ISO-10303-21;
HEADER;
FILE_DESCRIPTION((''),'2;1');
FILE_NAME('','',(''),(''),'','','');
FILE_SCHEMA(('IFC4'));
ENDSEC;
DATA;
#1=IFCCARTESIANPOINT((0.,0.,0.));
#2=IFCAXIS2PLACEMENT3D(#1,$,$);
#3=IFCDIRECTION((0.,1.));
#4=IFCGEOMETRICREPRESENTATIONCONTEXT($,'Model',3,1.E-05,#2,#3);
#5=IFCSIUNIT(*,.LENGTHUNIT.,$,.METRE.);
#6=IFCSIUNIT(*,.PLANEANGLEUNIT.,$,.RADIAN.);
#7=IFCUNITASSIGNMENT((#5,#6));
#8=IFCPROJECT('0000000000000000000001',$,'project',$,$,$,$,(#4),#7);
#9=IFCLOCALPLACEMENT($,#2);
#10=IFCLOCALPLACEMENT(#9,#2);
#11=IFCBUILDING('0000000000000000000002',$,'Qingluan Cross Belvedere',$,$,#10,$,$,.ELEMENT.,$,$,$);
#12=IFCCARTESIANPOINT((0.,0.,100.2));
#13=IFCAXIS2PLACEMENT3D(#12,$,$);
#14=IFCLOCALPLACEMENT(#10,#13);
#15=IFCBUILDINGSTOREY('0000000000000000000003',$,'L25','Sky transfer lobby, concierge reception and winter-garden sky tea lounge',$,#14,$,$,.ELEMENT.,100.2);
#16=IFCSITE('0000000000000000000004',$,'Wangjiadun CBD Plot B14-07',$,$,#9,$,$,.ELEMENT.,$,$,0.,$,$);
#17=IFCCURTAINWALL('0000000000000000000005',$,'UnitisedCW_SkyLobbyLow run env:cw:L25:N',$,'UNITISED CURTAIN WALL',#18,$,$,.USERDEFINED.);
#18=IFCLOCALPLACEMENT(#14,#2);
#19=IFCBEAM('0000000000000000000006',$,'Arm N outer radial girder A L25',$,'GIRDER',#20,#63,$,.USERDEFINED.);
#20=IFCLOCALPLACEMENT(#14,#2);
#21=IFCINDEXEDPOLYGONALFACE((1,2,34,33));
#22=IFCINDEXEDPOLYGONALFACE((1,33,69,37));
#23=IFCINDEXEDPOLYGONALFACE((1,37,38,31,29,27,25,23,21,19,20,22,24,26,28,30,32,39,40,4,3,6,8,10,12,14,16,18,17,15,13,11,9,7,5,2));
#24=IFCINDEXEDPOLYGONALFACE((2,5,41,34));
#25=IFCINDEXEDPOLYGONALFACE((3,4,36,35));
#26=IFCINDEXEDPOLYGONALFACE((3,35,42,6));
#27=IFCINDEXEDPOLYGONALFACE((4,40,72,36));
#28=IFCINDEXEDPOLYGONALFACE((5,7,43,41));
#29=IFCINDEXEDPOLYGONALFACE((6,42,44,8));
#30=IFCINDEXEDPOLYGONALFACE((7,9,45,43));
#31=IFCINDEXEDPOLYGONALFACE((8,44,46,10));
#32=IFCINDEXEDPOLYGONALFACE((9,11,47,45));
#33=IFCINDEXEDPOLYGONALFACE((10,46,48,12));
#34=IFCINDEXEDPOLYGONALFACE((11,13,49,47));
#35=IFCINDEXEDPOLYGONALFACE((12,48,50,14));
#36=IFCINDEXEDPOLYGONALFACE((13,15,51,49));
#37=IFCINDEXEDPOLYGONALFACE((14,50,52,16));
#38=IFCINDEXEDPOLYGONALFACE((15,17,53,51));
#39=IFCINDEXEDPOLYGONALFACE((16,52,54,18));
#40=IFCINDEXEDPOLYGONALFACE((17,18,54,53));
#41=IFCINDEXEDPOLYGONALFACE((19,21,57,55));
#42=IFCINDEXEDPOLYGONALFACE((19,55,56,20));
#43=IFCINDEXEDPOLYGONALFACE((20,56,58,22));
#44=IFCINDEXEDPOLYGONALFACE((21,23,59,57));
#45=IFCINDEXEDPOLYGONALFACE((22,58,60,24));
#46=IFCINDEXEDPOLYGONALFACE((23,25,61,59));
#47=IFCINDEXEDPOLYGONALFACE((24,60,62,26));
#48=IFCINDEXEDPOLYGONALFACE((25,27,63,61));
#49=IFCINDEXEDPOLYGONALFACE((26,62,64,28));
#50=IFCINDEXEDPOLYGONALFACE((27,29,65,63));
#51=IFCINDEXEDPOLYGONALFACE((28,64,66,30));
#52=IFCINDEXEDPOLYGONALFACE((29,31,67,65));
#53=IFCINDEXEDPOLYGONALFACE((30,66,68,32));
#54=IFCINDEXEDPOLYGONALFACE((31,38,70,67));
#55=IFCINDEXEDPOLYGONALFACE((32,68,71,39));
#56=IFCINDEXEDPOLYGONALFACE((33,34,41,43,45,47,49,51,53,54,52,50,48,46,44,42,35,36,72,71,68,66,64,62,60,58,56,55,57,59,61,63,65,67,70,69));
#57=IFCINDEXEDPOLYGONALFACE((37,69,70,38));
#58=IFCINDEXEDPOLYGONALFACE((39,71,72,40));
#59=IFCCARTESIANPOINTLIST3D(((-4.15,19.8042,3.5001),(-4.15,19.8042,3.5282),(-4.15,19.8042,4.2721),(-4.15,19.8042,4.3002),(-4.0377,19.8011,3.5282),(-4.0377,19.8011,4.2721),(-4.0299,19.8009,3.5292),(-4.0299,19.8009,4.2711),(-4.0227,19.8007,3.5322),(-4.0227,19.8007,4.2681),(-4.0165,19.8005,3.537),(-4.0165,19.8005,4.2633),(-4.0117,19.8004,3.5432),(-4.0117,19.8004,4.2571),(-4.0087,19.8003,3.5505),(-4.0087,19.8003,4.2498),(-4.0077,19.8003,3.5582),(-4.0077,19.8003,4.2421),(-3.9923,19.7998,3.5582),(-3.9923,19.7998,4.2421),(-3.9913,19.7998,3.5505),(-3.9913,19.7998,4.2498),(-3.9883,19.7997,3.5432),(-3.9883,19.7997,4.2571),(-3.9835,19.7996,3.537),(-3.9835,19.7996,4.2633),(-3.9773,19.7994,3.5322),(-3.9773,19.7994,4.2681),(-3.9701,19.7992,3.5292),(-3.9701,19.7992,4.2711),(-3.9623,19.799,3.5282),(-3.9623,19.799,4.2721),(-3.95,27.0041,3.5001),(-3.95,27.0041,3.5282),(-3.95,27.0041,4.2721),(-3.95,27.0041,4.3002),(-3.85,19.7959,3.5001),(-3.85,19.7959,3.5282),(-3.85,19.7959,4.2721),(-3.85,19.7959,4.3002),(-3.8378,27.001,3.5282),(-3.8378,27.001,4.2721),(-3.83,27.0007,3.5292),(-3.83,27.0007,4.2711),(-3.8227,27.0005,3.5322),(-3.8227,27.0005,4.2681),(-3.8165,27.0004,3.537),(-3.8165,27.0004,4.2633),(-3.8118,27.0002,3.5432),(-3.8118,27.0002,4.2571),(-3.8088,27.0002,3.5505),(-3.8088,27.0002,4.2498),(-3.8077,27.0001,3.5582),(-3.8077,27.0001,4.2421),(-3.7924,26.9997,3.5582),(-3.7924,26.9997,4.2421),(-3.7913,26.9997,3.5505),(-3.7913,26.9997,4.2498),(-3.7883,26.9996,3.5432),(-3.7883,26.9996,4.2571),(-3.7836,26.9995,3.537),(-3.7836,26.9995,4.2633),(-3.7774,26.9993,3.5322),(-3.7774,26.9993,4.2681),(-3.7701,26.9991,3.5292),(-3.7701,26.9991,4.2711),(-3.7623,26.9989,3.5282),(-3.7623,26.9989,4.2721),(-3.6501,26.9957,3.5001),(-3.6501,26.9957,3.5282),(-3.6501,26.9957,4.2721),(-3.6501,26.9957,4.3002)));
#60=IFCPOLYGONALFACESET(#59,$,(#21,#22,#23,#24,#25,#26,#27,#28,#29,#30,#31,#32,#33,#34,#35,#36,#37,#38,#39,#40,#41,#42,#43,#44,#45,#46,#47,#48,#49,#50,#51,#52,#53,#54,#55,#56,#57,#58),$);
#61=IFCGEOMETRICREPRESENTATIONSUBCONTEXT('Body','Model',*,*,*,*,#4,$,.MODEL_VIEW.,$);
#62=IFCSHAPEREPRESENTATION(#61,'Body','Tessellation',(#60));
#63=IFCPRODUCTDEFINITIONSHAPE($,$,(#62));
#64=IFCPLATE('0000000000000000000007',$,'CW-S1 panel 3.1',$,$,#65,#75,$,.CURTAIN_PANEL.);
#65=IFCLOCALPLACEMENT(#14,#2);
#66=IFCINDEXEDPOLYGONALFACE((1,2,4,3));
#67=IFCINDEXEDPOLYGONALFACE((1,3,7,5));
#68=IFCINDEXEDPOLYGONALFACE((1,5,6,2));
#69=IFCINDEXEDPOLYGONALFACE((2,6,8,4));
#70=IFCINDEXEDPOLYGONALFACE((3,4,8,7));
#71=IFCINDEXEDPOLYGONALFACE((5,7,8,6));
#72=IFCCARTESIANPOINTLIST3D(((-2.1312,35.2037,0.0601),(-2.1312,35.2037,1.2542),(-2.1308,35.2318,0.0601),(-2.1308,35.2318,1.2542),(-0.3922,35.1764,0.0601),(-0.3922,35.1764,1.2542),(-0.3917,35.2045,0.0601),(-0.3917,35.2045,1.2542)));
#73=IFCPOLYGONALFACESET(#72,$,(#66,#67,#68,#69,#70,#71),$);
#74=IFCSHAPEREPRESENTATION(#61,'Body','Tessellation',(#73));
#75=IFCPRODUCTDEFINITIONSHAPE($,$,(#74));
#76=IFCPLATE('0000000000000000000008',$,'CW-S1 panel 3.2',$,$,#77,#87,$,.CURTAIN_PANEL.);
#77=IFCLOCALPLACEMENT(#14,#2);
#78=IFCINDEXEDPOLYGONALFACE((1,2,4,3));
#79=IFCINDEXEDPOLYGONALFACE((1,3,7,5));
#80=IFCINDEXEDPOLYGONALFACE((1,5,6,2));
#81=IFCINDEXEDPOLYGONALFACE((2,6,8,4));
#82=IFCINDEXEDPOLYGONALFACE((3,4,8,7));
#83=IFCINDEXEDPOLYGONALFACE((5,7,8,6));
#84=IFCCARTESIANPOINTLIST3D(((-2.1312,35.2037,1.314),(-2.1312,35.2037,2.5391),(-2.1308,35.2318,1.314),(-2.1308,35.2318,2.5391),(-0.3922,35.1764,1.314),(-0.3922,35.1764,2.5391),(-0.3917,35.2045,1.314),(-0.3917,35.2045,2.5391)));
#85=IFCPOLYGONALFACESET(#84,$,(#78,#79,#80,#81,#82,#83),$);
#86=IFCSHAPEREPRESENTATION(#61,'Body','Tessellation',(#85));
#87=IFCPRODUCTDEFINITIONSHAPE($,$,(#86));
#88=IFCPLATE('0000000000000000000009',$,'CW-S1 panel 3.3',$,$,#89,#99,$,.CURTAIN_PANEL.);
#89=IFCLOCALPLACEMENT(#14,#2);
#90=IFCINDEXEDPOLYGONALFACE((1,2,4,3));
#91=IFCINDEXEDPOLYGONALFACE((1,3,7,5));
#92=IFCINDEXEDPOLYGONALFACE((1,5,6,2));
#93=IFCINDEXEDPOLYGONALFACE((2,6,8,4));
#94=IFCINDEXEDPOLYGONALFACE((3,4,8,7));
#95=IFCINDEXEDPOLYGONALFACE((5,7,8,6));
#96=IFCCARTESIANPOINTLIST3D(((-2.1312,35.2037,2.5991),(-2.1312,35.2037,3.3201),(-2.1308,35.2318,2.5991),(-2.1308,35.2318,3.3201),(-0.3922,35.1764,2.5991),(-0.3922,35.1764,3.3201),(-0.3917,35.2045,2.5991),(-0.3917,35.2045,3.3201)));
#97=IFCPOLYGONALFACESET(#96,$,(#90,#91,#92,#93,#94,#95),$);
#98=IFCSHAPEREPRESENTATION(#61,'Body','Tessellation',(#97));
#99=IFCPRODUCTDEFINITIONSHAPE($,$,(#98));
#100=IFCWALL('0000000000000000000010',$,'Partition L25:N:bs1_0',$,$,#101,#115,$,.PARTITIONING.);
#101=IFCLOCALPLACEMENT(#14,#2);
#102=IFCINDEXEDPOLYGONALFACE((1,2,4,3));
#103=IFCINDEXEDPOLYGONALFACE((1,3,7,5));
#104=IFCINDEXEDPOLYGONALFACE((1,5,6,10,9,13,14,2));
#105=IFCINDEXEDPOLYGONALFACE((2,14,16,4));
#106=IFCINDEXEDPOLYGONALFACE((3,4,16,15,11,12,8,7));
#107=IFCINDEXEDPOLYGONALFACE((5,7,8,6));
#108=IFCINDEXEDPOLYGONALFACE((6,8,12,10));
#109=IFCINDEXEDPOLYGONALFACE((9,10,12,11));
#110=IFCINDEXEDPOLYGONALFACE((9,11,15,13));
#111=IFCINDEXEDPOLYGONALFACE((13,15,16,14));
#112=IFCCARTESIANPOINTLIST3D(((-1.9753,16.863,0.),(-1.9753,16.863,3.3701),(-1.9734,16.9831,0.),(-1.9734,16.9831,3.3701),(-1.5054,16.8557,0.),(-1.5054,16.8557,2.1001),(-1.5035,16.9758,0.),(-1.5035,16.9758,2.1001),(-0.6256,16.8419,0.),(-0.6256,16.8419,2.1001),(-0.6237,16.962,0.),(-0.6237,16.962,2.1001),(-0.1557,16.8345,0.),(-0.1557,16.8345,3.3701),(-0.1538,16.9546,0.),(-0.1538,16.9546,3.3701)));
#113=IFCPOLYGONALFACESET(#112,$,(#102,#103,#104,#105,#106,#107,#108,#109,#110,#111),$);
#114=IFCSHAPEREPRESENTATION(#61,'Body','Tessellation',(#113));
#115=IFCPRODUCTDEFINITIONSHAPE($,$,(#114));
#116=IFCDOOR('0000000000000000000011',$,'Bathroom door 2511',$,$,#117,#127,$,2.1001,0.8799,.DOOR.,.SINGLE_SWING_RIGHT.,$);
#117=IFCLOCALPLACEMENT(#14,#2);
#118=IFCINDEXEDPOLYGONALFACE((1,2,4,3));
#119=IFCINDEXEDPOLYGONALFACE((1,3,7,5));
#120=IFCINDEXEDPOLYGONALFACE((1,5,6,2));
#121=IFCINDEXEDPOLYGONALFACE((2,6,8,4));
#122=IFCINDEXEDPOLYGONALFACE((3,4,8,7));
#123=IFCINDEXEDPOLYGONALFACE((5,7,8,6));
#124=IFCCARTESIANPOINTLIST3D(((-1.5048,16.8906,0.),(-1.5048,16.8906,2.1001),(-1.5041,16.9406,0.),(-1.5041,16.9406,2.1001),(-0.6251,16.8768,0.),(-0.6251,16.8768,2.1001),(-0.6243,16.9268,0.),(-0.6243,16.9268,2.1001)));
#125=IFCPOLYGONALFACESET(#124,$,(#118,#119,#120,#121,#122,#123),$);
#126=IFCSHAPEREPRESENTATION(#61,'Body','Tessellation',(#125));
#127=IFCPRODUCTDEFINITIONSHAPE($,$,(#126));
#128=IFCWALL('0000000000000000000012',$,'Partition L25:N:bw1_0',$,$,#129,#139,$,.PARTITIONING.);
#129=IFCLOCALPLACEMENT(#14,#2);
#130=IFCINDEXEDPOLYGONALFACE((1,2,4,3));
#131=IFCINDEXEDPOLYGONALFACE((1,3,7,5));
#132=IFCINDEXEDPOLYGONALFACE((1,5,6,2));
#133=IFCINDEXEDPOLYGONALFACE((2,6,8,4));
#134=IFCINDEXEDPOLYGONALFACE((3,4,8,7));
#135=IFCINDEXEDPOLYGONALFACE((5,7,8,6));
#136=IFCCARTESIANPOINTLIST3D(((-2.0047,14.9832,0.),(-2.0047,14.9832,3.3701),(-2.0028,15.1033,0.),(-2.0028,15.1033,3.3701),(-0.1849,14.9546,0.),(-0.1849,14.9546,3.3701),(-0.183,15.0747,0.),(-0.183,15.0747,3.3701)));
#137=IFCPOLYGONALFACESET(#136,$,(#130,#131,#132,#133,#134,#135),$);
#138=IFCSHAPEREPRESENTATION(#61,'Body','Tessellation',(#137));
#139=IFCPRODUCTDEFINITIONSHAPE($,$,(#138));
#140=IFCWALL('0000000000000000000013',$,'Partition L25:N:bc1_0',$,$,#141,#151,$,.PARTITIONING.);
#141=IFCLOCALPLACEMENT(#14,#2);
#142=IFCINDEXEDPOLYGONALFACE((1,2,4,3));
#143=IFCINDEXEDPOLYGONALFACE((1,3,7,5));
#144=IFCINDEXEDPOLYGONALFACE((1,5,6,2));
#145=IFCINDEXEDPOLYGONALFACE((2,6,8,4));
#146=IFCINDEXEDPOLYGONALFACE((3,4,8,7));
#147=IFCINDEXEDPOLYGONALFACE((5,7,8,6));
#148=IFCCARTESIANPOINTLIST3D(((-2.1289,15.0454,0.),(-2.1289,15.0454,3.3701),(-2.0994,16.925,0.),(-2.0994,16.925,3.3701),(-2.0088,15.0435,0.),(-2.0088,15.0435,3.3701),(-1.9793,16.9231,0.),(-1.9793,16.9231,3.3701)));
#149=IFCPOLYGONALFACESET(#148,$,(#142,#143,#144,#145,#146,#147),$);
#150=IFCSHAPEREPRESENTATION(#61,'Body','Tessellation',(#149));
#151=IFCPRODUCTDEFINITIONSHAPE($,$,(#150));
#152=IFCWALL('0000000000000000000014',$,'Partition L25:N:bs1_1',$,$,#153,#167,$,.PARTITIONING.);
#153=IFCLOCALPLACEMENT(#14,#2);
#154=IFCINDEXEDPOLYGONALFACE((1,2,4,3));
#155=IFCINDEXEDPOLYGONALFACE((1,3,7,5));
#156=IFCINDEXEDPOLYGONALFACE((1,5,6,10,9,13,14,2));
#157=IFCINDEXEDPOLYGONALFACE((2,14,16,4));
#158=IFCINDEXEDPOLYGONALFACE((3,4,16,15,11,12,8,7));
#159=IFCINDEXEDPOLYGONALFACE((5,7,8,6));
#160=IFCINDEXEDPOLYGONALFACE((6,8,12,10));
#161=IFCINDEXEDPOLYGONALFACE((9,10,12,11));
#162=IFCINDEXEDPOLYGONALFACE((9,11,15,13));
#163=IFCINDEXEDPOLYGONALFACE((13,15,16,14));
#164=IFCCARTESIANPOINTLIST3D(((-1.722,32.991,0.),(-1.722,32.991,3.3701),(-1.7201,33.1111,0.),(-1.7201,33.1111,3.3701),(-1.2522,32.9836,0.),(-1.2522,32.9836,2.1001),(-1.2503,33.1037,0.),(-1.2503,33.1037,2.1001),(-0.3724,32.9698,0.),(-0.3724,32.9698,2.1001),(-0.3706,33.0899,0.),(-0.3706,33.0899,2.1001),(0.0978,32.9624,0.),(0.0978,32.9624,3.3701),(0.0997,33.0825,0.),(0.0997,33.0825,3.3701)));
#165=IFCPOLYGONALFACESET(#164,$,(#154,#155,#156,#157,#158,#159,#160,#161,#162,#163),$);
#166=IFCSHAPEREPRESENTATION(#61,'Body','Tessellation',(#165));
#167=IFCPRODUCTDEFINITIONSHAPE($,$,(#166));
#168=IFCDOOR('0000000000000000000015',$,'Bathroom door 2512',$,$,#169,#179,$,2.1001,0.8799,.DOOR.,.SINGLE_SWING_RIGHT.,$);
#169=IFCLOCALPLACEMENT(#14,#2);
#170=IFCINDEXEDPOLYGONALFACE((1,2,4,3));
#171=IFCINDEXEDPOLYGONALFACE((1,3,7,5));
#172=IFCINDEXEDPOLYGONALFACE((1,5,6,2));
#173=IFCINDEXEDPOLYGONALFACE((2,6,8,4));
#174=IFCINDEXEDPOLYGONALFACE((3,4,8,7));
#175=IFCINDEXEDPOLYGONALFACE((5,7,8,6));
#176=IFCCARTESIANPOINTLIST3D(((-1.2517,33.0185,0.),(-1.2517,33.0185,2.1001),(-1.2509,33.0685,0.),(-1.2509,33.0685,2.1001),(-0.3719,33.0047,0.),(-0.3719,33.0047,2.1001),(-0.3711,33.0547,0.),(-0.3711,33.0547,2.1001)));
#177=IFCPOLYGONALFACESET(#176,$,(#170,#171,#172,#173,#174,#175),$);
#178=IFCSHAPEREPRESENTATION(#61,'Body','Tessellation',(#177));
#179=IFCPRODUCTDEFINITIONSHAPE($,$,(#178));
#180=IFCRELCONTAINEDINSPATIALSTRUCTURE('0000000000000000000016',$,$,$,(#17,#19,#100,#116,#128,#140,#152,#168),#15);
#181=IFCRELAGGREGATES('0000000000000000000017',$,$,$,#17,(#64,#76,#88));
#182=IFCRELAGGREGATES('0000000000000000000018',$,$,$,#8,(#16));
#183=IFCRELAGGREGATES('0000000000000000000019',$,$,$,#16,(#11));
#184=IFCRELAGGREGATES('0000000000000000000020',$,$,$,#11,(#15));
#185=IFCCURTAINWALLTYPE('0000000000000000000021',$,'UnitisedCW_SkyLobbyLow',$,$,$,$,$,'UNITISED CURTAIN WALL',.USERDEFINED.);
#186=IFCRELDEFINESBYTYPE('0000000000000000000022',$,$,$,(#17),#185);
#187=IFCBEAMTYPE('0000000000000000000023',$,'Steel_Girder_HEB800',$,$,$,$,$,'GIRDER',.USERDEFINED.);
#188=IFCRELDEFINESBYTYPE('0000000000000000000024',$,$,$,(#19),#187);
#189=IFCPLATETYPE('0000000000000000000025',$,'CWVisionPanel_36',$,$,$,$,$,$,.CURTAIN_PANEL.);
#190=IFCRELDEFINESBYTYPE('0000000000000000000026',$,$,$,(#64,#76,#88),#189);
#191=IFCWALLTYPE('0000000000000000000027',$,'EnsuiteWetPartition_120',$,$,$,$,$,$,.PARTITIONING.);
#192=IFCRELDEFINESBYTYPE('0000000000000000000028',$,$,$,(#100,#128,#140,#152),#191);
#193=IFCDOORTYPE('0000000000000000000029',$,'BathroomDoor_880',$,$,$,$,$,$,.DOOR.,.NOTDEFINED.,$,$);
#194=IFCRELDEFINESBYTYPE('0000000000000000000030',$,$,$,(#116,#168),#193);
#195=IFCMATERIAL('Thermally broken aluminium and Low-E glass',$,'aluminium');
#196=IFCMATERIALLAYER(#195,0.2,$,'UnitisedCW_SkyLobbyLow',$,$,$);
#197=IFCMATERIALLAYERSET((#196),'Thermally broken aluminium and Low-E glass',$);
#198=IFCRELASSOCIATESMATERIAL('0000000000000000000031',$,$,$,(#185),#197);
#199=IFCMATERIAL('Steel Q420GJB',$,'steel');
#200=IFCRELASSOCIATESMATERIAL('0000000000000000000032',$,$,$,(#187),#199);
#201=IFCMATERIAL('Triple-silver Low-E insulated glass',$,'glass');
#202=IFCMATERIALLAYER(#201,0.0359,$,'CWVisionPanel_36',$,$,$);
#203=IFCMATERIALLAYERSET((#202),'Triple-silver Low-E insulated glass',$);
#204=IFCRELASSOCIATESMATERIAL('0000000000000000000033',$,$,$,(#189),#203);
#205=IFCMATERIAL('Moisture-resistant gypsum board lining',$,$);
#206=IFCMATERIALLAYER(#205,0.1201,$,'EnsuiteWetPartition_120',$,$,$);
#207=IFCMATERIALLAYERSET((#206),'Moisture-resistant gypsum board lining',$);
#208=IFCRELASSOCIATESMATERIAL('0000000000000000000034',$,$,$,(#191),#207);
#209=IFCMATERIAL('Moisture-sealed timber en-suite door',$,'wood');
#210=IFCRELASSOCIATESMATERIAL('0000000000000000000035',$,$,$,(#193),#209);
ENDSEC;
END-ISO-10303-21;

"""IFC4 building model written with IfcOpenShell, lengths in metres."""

from ifc_helpers import new_model, si_unit, direction, frame, frame_2d, origin, origin_2d, place, context, subcontext, project, spatial, rectangle, i_section, extrude, material, layer, layer_set, material_profile, profile_set, type_object, element, fill, aggregate, save


model = new_model("IFC4")

# Units and contexts
model_context = context("Model", 3, precision=1e-05, world=origin(), true_north=direction((0.0, 1.0)))
body_context = subcontext(model_context, "Body", "Model", "MODEL_VIEW")
ifc_project = project(units=[si_unit("LENGTHUNIT", "METRE"), si_unit("PLANEANGLEUNIT", "RADIAN")], contexts=[model_context])

# Site, building, storey
site_placement = place(None, origin())
site = spatial("IfcSite", under=ifc_project, at=site_placement, Name="Wangjiadun CBD Plot B14-07", CompositionType="ELEMENT", RefElevation=0.0)
building_placement = place(site_placement, origin())
building = spatial("IfcBuilding", under=site, at=building_placement, Name="Qingluan Cross Belvedere", CompositionType="ELEMENT")
storey_placement = place(building_placement, frame((0.0, 0.0, 100.2)))
storey = spatial("IfcBuildingStorey", under=building, at=storey_placement, Name="L25", Description="Sky transfer lobby, concierge reception and winter-garden sky tea lounge", CompositionType="ELEMENT", Elevation=100.2)

# Curtain wall
ifc_material_1 = material(Name="Thermally broken aluminium and Low-E glass", Category="aluminium")
ifc_layer_1 = layer(ifc_material_1, 0.2, Name="UnitisedCW_SkyLobbyLow")
ifc_layer_set_1 = layer_set([ifc_layer_1], Name="Thermally broken aluminium and Low-E glass")
curtain_wall_type = type_object("IfcCurtainWallType", Name="UnitisedCW_SkyLobbyLow", ElementType="UNITISED CURTAIN WALL", PredefinedType="USERDEFINED", material=ifc_layer_set_1)
curtain_wall_placement = place(storey_placement, origin())
curtain_wall = element("IfcCurtainWall", 1, at=curtain_wall_placement, inside=storey, type_object=curtain_wall_type, Name="UnitisedCW_SkyLobbyLow run env:cw:L25:N", ObjectType="UNITISED CURTAIN WALL", PredefinedType="USERDEFINED")

# Beam
ifc_material_2 = material(Name="Steel Q420GJB", Category="steel")
ifc_material_profile_1 = material_profile(ifc_material_2, i_section(OverallWidth=0.3, OverallDepth=0.8, WebThickness=0.0154, FlangeThickness=0.0281, FilletRadius=0.03, at=origin_2d()), Name="HEB800")
ifc_profile_set_1 = profile_set([ifc_material_profile_1], Name="Steel Q420GJB")
beam_type_1 = type_object("IfcBeamType", Name="Steel_Girder_HEB800", ElementType="GIRDER", PredefinedType="USERDEFINED", material=ifc_profile_set_1)
beam_1_placement = place(storey_placement, frame((-4.0, 19.8, 3.9001), z_axis=(0.02776, 0.999615, 0.0), x_axis=(-0.999615, 0.02776, 0.0)))
element("IfcBeam", 2, at=beam_1_placement, inside=storey, type_object=beam_type_1, Name="Arm N outer radial girder A L25", ObjectType="GIRDER", PredefinedType="USERDEFINED", context=body_context, shape_type="SweptSolid", body=[
    extrude(i_section(OverallWidth=0.3, OverallDepth=0.8, WebThickness=0.0154, FlangeThickness=0.0281, FilletRadius=0.03, at=origin_2d()), origin(), (0.0, 0.0, 1.0), 7.2026),
])

# Plates
ifc_material_3 = material(Name="Triple-silver Low-E insulated glass", Category="glass")
ifc_layer_2 = layer(ifc_material_3, 0.0359, Name="CWVisionPanel_36")
ifc_layer_set_2 = layer_set([ifc_layer_2], Name="Triple-silver Low-E insulated glass")
plate_type = type_object("IfcPlateType", Name="CWVisionPanel_36", PredefinedType="CURTAIN_PANEL", material=ifc_layer_set_2)
plate_1_placement = place(storey_placement, frame((-1.2615, 35.2041, 0.0601), z_axis=(0.0, 0.0, 1.0), x_axis=(-0.999877, 0.015707, 0.0)))
plate_1 = element("IfcPlate", 3, at=plate_1_placement, type_object=plate_type, Name="CW-S1 panel 3.1", PredefinedType="CURTAIN_PANEL", context=body_context, shape_type="SweptSolid", body=[
    extrude(rectangle(XDim=1.7393, YDim=0.0281, at=origin_2d()), origin(), (0.0, 0.0, 1.0), 1.1941),
])
plate_2_placement = place(storey_placement, frame((-1.2615, 35.2041, 1.314), z_axis=(0.0, 0.0, 1.0), x_axis=(-0.999877, 0.015707, 0.0)))
plate_2 = element("IfcPlate", 4, at=plate_2_placement, type_object=plate_type, Name="CW-S1 panel 3.2", PredefinedType="CURTAIN_PANEL", context=body_context, shape_type="SweptSolid", body=[
    extrude(rectangle(XDim=1.7393, YDim=0.0281, at=origin_2d()), origin(), (0.0, 0.0, 1.0), 1.2251),
])
plate_3_placement = place(storey_placement, frame((-1.2615, 35.2041, 2.5991), z_axis=(0.0, 0.0, 1.0), x_axis=(-0.999877, 0.015707, 0.0)))
plate_3 = element("IfcPlate", 5, at=plate_3_placement, type_object=plate_type, Name="CW-S1 panel 3.3", PredefinedType="CURTAIN_PANEL", context=body_context, shape_type="SweptSolid", body=[
    extrude(rectangle(XDim=1.7393, YDim=0.0281, at=origin_2d()), origin(), (0.0, 0.0, 1.0), 0.7209),
])
aggregate(curtain_wall, [plate_1, plate_2, plate_3])

# Wall, opening, door
ifc_material_4 = material(Name="Moisture-resistant gypsum board lining")
ifc_layer_3 = layer(ifc_material_4, 0.1201, Name="EnsuiteWetPartition_120")
ifc_layer_set_3 = layer_set([ifc_layer_3], Name="Moisture-resistant gypsum board lining")
wall_type_1 = type_object("IfcWallType", Name="EnsuiteWetPartition_120", PredefinedType="PARTITIONING", material=ifc_layer_set_3)
wall_1_placement = place(storey_placement, frame((-1.9744, 16.9231, 0.0), z_axis=(0.0, 0.0, 1.0), x_axis=(0.999877, -0.015696, 0.0)))
wall_1 = element("IfcWall", 6, at=wall_1_placement, inside=storey, type_object=wall_type_1, Name="Partition L25:N:bs1_0", PredefinedType="PARTITIONING", context=body_context, shape_type="SweptSolid", body=[
    extrude(rectangle(XDim=1.8198, YDim=0.1201, at=frame_2d((0.9099, 0.0))), origin(), (0.0, 0.0, 1.0), 3.3701),
])
opening_1_placement = place(wall_1_placement, frame((0.47, 0.0, 0.0)))
opening_1 = element("IfcOpeningElement", 7, at=opening_1_placement, cuts=wall_1, PredefinedType="OPENING", context=body_context, shape_type="SweptSolid", body=[
    extrude(rectangle(XDim=0.8799, YDim=2.1001, at=frame_2d((0.4399, 1.05))), frame((0.0, 0.0701, 0.0), z_axis=(0.0, -1.0, 0.0), x_axis=(1.0, 0.0, 0.0)), (0.0, 0.0, 1.0), 0.1401),
])
ifc_material_5 = material(Name="Moisture-sealed timber en-suite door", Category="wood")
door_type_1 = type_object("IfcDoorType", Name="BathroomDoor_880", OperationType="NOTDEFINED", PredefinedType="DOOR", material=ifc_material_5)
door_1_placement = place(opening_1_placement, origin())
door_1 = element("IfcDoor", 8, at=door_1_placement, inside=storey, type_object=door_type_1, Name="Bathroom door 2511", OperationType="SINGLE_SWING_RIGHT", OverallHeight=2.1001, OverallWidth=0.8799, PredefinedType="DOOR", context=body_context, shape_type="SweptSolid", body=[
    extrude(rectangle(XDim=0.8799, YDim=2.1001, at=frame_2d((0.4399, 1.05))), frame((0.0, 0.0249, 0.0), z_axis=(0.0, -1.0, 0.0), x_axis=(1.0, 0.0, 0.0)), (0.0, 0.0, 1.0), 0.05),
])
fill(opening_1, door_1)

# Walls
wall_2_placement = place(storey_placement, frame((-2.0039, 15.0432, 0.0), z_axis=(0.0, 0.0, 1.0), x_axis=(0.999877, -0.015694, 0.0)))
element("IfcWall", 9, at=wall_2_placement, inside=storey, type_object=wall_type_1, Name="Partition L25:N:bw1_0", PredefinedType="PARTITIONING", context=body_context, shape_type="SweptSolid", body=[
    extrude(rectangle(XDim=1.8201, YDim=0.1201, at=frame_2d((0.9102, 0.0))), origin(), (0.0, 0.0, 1.0), 3.3701),
])
wall_3_placement = place(storey_placement, frame((-2.0688, 15.0444, 0.0), z_axis=(0.0, 0.0, 1.0), x_axis=(0.015714, 0.999877, 0.0)))
element("IfcWall", 10, at=wall_3_placement, inside=storey, type_object=wall_type_1, Name="Partition L25:N:bc1_0", PredefinedType="PARTITIONING", context=body_context, shape_type="SweptSolid", body=[
    extrude(rectangle(XDim=1.8799, YDim=0.1201, at=frame_2d((0.9399, 0.0))), origin(), (0.0, 0.0, 1.0), 3.3701),
])

# Wall, opening, door
wall_4_placement = place(storey_placement, frame((-1.7212, 33.051, 0.0), z_axis=(0.0, 0.0, 1.0), x_axis=(0.999877, -0.015694, 0.0)))
wall_4 = element("IfcWall", 11, at=wall_4_placement, inside=storey, type_object=wall_type_1, Name="Partition L25:N:bs1_1", PredefinedType="PARTITIONING", context=body_context, shape_type="SweptSolid", body=[
    extrude(rectangle(XDim=1.8201, YDim=0.1201, at=frame_2d((0.9102, 0.0))), origin(), (0.0, 0.0, 1.0), 3.3701),
])
opening_2_placement = place(wall_4_placement, frame((0.47, 0.0, 0.0)))
opening_2 = element("IfcOpeningElement", 12, at=opening_2_placement, cuts=wall_4, PredefinedType="OPENING", context=body_context, shape_type="SweptSolid", body=[
    extrude(rectangle(XDim=0.8799, YDim=2.1001, at=frame_2d((0.4399, 1.05))), frame((0.0, 0.0701, 0.0), z_axis=(0.0, -1.0, 0.0), x_axis=(1.0, 0.0, 0.0)), (0.0, 0.0, 1.0), 0.1401),
])
door_2_placement = place(opening_2_placement, origin())
door_2 = element("IfcDoor", 13, at=door_2_placement, inside=storey, type_object=door_type_1, Name="Bathroom door 2512", OperationType="SINGLE_SWING_RIGHT", OverallHeight=2.1001, OverallWidth=0.8799, PredefinedType="DOOR", context=body_context, shape_type="SweptSolid", body=[
    extrude(rectangle(XDim=0.8799, YDim=2.1001, at=frame_2d((0.4399, 1.05))), frame((0.0, 0.0249, 0.0), z_axis=(0.0, -1.0, 0.0), x_axis=(1.0, 0.0, 0.0)), (0.0, 0.0, 1.0), 0.05),
])
fill(opening_2, door_2)

save(model, "model.ifc")
